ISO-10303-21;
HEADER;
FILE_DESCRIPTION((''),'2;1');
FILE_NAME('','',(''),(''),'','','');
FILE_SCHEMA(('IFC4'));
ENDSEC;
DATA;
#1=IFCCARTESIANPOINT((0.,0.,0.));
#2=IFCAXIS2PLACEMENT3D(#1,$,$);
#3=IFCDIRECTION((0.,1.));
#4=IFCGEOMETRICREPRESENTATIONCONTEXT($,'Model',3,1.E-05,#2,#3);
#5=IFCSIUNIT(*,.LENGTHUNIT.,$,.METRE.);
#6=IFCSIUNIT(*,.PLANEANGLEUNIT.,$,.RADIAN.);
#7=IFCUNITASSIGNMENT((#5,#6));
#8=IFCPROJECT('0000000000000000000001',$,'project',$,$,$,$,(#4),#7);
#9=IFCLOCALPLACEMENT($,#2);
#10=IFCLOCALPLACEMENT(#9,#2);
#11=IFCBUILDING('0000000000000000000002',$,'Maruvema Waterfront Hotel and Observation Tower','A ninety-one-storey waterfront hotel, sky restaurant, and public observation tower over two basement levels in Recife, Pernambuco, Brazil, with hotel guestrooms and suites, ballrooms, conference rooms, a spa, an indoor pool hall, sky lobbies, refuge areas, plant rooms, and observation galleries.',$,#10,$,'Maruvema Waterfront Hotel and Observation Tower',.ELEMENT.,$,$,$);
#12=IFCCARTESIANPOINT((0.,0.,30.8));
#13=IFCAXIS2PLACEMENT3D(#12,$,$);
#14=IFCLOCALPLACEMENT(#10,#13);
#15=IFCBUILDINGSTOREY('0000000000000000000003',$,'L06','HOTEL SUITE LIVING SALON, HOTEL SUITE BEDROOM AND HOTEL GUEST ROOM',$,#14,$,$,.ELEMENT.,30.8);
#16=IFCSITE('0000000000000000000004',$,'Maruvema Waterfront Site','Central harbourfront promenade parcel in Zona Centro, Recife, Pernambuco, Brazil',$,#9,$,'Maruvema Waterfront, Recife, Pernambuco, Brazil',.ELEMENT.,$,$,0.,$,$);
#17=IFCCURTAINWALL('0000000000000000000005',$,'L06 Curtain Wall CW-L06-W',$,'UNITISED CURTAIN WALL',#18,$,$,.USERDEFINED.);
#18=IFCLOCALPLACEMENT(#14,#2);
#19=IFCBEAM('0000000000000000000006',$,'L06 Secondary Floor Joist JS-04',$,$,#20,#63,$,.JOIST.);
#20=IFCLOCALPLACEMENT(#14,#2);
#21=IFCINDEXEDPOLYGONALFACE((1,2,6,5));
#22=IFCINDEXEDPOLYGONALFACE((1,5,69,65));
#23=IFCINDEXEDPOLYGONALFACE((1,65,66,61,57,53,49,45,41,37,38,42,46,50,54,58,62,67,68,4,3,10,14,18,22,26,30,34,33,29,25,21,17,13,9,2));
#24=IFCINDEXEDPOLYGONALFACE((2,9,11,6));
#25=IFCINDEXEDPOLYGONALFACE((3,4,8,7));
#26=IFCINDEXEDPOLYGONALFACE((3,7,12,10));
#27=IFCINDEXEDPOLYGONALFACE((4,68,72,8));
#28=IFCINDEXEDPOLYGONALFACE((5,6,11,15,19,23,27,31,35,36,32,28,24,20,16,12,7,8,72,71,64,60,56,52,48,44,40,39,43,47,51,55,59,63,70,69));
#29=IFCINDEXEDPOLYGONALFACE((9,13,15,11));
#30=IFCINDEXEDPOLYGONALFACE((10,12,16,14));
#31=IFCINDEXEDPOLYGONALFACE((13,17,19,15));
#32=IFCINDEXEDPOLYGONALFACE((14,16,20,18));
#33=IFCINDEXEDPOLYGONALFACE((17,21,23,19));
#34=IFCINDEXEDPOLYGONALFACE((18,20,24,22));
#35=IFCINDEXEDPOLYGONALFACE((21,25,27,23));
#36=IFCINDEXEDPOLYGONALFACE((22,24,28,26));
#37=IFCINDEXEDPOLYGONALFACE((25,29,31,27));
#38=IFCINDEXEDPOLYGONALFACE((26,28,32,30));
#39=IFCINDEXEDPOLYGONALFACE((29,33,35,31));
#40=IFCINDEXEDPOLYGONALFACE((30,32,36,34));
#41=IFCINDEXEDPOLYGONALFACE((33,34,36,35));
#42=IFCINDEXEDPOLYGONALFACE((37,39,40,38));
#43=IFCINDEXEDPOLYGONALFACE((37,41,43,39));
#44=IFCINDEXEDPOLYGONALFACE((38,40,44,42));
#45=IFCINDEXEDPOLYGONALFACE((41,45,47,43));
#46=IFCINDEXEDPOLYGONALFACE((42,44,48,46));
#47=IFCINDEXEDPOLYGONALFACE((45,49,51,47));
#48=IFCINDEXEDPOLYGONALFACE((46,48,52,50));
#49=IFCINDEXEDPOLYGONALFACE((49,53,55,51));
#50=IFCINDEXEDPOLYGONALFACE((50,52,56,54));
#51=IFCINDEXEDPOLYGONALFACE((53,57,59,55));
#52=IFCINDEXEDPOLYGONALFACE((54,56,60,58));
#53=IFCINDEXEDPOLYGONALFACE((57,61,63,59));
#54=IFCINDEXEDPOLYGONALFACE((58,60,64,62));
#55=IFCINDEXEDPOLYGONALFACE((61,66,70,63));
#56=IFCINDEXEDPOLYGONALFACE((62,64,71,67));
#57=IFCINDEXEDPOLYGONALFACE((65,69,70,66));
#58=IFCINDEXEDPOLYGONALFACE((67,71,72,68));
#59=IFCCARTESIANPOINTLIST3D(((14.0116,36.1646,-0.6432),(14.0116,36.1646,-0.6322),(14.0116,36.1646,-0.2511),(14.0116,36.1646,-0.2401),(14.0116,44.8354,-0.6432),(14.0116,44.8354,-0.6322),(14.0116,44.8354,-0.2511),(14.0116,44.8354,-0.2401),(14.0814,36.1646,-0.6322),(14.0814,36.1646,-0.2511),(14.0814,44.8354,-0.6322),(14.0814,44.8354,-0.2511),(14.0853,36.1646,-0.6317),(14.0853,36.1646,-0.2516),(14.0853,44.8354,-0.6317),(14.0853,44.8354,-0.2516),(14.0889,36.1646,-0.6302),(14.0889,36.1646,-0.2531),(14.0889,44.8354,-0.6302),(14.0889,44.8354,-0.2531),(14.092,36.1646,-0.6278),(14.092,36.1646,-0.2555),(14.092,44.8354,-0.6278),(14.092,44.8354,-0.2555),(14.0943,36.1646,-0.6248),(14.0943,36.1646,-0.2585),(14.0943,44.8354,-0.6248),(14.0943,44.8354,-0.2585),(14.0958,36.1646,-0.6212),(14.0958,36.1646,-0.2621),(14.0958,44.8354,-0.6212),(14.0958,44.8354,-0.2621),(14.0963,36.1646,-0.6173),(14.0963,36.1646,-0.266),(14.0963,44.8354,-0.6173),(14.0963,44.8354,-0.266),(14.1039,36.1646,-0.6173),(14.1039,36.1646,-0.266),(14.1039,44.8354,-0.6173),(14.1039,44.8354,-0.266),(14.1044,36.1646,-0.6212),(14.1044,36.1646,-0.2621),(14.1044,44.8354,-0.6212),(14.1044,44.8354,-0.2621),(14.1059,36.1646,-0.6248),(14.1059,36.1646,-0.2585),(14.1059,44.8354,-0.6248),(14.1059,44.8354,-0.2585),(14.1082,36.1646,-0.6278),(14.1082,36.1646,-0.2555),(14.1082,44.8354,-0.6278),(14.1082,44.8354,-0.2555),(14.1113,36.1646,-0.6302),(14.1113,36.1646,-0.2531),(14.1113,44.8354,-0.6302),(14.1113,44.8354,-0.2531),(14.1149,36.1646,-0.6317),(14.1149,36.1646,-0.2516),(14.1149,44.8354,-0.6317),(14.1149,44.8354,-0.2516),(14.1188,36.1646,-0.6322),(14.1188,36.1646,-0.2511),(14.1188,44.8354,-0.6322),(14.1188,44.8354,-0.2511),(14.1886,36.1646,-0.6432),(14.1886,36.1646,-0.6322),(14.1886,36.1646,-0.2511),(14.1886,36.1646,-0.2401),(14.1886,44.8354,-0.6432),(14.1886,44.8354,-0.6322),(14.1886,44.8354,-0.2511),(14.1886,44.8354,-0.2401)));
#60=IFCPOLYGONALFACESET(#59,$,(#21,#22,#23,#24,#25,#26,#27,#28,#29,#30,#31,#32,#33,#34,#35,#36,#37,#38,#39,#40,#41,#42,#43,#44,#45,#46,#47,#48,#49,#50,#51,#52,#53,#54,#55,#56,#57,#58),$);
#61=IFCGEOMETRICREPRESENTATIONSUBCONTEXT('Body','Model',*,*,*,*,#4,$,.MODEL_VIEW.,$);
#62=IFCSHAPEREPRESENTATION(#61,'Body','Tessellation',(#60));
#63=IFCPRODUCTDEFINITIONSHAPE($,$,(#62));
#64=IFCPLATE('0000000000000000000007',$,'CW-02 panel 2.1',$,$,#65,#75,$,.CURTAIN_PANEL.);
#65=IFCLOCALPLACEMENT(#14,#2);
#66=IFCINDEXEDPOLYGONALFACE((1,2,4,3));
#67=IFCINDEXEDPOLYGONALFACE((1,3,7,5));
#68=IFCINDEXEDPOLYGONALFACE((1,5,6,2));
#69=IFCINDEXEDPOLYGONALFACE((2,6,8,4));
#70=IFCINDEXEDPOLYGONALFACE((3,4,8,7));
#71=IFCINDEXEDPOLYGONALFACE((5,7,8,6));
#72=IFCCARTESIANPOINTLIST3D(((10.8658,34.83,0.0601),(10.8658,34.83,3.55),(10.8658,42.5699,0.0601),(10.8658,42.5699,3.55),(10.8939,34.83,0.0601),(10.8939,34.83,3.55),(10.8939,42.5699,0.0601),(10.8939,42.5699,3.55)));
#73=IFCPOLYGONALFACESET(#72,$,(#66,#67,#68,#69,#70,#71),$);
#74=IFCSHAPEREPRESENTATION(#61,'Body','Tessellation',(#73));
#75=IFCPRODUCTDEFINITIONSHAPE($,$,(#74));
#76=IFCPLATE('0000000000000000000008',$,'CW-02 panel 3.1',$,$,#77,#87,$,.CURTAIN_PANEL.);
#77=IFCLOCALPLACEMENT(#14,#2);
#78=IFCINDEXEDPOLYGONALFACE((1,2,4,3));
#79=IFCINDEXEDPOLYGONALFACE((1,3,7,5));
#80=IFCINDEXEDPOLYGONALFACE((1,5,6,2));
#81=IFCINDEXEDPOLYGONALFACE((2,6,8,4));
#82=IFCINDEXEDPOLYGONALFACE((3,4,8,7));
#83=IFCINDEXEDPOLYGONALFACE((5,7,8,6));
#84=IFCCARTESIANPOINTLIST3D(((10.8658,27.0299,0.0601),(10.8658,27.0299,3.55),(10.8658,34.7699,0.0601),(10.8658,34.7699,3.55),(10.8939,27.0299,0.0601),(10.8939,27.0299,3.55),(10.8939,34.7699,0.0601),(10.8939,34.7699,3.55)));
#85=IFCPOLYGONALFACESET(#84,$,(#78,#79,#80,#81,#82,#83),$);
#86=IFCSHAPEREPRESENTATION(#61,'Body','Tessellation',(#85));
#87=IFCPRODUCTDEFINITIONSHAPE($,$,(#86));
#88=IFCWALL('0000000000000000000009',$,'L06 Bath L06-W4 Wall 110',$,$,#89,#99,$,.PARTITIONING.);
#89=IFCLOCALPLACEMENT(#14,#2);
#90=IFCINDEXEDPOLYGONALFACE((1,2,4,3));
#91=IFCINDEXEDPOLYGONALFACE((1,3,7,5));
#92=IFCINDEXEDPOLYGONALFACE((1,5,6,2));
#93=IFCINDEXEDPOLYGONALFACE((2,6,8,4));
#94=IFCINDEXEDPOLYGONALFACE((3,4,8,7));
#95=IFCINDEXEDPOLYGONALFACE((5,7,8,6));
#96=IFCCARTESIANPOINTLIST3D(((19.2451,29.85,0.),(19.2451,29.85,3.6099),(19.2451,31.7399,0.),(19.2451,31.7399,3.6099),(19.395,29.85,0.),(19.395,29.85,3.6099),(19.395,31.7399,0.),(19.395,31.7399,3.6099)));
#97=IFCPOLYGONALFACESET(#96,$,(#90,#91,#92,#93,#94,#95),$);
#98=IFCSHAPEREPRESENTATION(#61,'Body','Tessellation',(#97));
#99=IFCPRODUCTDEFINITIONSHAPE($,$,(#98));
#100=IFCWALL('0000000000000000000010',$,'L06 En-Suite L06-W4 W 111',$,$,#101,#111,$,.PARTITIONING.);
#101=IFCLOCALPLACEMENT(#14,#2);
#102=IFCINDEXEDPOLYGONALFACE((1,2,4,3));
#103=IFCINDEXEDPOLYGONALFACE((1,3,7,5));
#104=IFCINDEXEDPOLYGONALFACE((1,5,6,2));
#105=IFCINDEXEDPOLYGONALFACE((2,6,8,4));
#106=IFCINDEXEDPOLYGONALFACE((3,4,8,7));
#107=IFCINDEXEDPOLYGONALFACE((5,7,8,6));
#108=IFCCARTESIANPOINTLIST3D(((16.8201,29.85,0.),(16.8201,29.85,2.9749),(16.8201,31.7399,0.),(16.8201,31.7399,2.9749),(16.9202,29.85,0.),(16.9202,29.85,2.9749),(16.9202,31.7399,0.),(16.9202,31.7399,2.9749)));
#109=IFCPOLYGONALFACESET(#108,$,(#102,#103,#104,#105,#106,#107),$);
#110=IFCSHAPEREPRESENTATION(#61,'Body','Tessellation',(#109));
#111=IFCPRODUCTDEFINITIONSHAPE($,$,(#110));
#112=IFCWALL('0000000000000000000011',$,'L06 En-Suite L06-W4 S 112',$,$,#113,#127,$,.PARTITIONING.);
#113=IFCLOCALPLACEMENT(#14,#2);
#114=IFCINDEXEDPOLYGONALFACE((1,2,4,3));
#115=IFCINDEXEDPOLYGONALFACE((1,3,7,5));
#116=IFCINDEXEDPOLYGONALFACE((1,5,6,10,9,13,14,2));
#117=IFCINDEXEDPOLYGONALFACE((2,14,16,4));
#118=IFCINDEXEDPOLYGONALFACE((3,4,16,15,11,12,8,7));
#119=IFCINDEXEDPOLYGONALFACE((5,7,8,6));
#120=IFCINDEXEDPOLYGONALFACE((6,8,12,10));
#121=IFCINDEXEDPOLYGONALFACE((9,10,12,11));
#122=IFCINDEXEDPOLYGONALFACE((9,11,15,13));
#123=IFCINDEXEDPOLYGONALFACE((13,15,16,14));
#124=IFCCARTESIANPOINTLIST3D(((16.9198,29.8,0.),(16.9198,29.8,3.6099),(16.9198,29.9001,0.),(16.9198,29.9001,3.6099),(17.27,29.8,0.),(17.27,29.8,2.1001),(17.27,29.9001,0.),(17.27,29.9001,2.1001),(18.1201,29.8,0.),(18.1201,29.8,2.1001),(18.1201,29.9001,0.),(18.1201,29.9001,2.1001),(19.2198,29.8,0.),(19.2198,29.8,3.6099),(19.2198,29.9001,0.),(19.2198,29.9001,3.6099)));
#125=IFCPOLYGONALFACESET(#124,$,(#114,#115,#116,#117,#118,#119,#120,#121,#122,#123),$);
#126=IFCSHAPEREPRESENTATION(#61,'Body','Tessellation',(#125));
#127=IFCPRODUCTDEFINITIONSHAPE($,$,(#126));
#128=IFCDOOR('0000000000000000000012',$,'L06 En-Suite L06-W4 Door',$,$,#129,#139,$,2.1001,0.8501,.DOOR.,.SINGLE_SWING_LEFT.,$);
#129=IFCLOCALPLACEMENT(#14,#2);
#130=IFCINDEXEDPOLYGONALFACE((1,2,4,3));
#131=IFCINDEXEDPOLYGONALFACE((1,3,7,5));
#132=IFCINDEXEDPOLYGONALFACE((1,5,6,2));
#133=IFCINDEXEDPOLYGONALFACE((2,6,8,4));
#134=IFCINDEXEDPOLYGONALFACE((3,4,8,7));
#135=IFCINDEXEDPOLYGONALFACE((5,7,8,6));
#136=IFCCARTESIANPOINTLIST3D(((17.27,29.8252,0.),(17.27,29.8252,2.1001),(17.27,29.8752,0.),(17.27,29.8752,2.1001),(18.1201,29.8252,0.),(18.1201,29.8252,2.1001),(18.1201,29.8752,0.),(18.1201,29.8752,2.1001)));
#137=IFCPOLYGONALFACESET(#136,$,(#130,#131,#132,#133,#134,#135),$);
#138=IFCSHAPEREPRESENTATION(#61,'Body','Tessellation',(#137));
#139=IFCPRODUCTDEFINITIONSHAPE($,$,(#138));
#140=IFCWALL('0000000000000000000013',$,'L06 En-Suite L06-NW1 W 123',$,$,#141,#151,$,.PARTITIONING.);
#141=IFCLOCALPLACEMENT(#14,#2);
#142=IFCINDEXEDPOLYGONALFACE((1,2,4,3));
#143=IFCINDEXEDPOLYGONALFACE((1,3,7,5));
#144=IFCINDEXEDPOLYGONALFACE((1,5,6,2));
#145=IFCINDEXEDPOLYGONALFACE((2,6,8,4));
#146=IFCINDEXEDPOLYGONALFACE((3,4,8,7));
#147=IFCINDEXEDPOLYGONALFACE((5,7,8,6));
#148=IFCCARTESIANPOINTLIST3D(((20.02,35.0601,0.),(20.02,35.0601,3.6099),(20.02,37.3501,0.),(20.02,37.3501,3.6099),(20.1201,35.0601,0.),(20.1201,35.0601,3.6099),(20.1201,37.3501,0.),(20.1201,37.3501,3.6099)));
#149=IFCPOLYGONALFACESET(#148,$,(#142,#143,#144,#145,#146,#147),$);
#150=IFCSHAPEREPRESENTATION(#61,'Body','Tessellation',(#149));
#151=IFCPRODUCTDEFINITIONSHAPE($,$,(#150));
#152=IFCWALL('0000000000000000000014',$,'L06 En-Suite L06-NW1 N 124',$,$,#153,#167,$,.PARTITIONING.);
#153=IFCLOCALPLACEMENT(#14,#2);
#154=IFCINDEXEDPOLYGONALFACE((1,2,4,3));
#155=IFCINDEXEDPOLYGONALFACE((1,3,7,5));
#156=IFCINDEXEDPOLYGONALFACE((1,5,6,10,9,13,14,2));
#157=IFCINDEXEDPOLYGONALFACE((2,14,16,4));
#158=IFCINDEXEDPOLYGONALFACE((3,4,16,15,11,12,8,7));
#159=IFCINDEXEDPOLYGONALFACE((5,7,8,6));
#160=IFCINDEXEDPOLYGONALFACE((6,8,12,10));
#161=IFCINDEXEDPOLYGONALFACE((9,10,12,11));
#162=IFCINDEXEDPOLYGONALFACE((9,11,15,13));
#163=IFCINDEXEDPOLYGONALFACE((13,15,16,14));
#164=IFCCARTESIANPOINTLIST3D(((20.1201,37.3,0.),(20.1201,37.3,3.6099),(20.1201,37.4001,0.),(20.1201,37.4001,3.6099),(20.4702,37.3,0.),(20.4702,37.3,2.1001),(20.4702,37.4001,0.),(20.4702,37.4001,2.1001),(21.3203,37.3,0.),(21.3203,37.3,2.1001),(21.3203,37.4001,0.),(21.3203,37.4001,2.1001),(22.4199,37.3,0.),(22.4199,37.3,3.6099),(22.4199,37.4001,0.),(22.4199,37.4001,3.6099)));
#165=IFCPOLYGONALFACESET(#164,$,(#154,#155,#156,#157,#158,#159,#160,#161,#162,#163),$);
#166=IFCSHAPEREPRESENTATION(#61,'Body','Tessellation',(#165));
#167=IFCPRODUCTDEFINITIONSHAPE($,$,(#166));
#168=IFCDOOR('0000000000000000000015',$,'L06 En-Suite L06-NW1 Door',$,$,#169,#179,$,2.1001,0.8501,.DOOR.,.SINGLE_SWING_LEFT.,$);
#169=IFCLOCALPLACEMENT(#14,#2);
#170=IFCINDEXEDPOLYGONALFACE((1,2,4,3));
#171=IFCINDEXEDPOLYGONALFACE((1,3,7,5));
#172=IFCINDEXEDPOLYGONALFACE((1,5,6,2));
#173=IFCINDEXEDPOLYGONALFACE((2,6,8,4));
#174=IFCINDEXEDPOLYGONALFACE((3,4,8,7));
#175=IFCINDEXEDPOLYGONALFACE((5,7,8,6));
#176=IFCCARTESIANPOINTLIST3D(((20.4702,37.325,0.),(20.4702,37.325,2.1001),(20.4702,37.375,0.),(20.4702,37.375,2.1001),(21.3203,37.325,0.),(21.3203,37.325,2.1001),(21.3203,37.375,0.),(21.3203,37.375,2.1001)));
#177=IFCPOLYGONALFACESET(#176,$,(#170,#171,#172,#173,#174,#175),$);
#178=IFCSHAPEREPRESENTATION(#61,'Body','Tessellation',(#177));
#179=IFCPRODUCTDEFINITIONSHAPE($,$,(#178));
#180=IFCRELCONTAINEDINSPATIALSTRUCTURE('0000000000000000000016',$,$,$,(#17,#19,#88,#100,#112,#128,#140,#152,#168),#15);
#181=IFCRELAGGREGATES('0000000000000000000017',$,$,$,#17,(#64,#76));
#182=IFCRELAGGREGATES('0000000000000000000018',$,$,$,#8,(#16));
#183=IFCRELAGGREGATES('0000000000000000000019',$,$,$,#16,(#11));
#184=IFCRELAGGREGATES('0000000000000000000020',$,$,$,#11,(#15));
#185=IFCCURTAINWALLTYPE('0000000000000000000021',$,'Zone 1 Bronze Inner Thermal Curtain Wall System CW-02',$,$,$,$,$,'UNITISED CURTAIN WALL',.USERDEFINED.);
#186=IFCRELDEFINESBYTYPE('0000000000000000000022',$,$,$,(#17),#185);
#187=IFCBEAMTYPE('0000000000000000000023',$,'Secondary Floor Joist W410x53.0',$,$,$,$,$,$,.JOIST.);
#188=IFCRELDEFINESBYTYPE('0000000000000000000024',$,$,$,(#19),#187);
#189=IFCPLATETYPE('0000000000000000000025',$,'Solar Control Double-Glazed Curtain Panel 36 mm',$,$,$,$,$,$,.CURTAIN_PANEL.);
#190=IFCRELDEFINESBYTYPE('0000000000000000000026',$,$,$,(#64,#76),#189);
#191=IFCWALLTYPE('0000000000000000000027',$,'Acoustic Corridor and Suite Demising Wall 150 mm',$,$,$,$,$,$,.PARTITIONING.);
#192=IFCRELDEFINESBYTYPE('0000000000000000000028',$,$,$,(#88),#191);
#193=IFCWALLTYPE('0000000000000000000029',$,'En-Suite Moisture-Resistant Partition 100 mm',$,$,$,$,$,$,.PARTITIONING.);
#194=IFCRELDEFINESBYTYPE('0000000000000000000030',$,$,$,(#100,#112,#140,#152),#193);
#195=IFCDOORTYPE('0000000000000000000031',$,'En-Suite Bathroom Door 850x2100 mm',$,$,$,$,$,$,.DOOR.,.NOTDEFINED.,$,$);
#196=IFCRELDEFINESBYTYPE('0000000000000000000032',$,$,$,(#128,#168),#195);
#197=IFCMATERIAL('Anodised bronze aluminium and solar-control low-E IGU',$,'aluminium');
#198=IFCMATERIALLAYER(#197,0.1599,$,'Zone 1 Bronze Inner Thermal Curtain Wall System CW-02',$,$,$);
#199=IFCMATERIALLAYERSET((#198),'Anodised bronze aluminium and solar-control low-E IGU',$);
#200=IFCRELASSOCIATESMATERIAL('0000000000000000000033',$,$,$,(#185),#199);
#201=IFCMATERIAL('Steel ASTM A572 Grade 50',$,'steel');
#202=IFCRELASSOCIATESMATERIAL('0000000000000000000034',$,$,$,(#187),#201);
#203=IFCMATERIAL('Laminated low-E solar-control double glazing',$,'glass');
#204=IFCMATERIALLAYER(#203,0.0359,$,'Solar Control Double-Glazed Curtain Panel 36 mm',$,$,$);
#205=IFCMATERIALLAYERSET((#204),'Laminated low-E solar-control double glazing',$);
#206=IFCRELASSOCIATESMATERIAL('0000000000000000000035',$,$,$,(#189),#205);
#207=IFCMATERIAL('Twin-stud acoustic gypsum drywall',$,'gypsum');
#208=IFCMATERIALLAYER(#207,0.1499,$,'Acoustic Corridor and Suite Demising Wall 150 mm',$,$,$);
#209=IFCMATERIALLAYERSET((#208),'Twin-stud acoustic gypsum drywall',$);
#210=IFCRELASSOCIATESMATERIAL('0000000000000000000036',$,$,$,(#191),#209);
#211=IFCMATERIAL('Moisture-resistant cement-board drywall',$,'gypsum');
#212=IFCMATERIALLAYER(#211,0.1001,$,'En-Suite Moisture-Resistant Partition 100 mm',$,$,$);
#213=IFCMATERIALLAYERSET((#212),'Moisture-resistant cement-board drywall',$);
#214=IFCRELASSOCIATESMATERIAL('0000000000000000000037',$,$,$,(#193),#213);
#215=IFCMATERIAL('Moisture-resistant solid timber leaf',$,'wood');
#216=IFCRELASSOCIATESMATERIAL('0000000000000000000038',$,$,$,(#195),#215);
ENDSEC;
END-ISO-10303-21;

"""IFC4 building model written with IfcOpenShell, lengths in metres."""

from ifc_helpers import new_model, si_unit, direction, frame, frame_2d, origin, origin_2d, place, context, subcontext, project, spatial, rectangle, i_section, extrude, material, layer, layer_set, material_profile, profile_set, type_object, element, fill, aggregate, save


model = new_model("IFC4")

# Units and contexts
model_context = context("Model", 3, precision=1e-05, world=origin(), true_north=direction((0.0, 1.0)))
body_context = subcontext(model_context, "Body", "Model", "MODEL_VIEW")
ifc_project = project(units=[si_unit("LENGTHUNIT", "METRE"), si_unit("PLANEANGLEUNIT", "RADIAN")], contexts=[model_context])

# Site, building, storey
site_placement = place(None, origin())
site = spatial("IfcSite", under=ifc_project, at=site_placement, Name="Maruvema Waterfront Site", Description="Central harbourfront promenade parcel in Zona Centro, Recife, Pernambuco, Brazil", LongName="Maruvema Waterfront, Recife, Pernambuco, Brazil", CompositionType="ELEMENT", RefElevation=0.0)
building_placement = place(site_placement, origin())
building = spatial("IfcBuilding", under=site, at=building_placement, Name="Maruvema Waterfront Hotel and Observation Tower", Description="A ninety-one-storey waterfront hotel, sky restaurant, and public observation tower over two basement levels in Recife, Pernambuco, Brazil, with hotel guestrooms and suites, ballrooms, conference rooms, a spa, an indoor pool hall, sky lobbies, refuge areas, plant rooms, and observation galleries.", LongName="Maruvema Waterfront Hotel and Observation Tower", CompositionType="ELEMENT")
storey_placement = place(building_placement, frame((0.0, 0.0, 30.8)))
storey = spatial("IfcBuildingStorey", under=building, at=storey_placement, Name="L06", Description="HOTEL SUITE LIVING SALON, HOTEL SUITE BEDROOM AND HOTEL GUEST ROOM", CompositionType="ELEMENT", Elevation=30.8)

# Curtain wall
ifc_material_1 = material(Name="Anodised bronze aluminium and solar-control low-E IGU", Category="aluminium")
ifc_layer_1 = layer(ifc_material_1, 0.1599, Name="Zone 1 Bronze Inner Thermal Curtain Wall System CW-02")
ifc_layer_set_1 = layer_set([ifc_layer_1], Name="Anodised bronze aluminium and solar-control low-E IGU")
curtain_wall_type = type_object("IfcCurtainWallType", Name="Zone 1 Bronze Inner Thermal Curtain Wall System CW-02", ElementType="UNITISED CURTAIN WALL", PredefinedType="USERDEFINED", material=ifc_layer_set_1)
curtain_wall_placement = place(storey_placement, origin())
curtain_wall = element("IfcCurtainWall", 1, at=curtain_wall_placement, inside=storey, type_object=curtain_wall_type, Name="L06 Curtain Wall CW-L06-W", ObjectType="UNITISED CURTAIN WALL", PredefinedType="USERDEFINED")

# Beam
ifc_material_2 = material(Name="Steel ASTM A572 Grade 50", Category="steel")
ifc_material_profile_1 = material_profile(ifc_material_2, i_section(OverallWidth=0.177, OverallDepth=0.4031, WebThickness=0.0076, FlangeThickness=0.011, FilletRadius=0.0149, at=origin_2d()), Name="W410x53.0")
ifc_profile_set_1 = profile_set([ifc_material_profile_1], Name="Steel ASTM A572 Grade 50")
beam_type_1 = type_object("IfcBeamType", Name="Secondary Floor Joist W410x53.0", PredefinedType="JOIST", material=ifc_profile_set_1)
beam_1_placement = place(storey_placement, frame((14.1001, 36.1646, -0.4417), z_axis=(0.0, 1.0, 0.0), x_axis=(-1.0, 0.0, 0.0)))
element("IfcBeam", 2, at=beam_1_placement, inside=storey, type_object=beam_type_1, Name="L06 Secondary Floor Joist JS-04", PredefinedType="JOIST", context=body_context, shape_type="SweptSolid", body=[
    extrude(i_section(OverallWidth=0.177, OverallDepth=0.4031, WebThickness=0.0076, FlangeThickness=0.011, FilletRadius=0.0149, at=origin_2d()), origin(), (0.0, 0.0, 1.0), 8.6709),
])

# Plates
ifc_material_3 = material(Name="Laminated low-E solar-control double glazing", Category="glass")
ifc_layer_2 = layer(ifc_material_3, 0.0359, Name="Solar Control Double-Glazed Curtain Panel 36 mm")
ifc_layer_set_2 = layer_set([ifc_layer_2], Name="Laminated low-E solar-control double glazing")
plate_type = type_object("IfcPlateType", Name="Solar Control Double-Glazed Curtain Panel 36 mm", PredefinedType="CURTAIN_PANEL", material=ifc_layer_set_2)
plate_1_placement = place(storey_placement, frame((10.8799, 38.7, 0.0601), z_axis=(0.0, 0.0, 1.0), x_axis=(0.0, -1.0, 0.0)))
plate_1 = element("IfcPlate", 3, at=plate_1_placement, type_object=plate_type, Name="CW-02 panel 2.1", PredefinedType="CURTAIN_PANEL", context=body_context, shape_type="SweptSolid", body=[
    extrude(rectangle(XDim=7.74, YDim=0.0281, at=origin_2d()), origin(), (0.0, 0.0, 1.0), 3.49),
])
plate_2_placement = place(storey_placement, frame((10.8799, 30.8999, 0.0601), z_axis=(0.0, 0.0, 1.0), x_axis=(0.0, -1.0, 0.0)))
plate_2 = element("IfcPlate", 4, at=plate_2_placement, type_object=plate_type, Name="CW-02 panel 3.1", PredefinedType="CURTAIN_PANEL", context=body_context, shape_type="SweptSolid", body=[
    extrude(rectangle(XDim=7.74, YDim=0.0281, at=origin_2d()), origin(), (0.0, 0.0, 1.0), 3.49),
])
aggregate(curtain_wall, [plate_1, plate_2])

# Shared definitions
ifc_material_4 = material(Name="Twin-stud acoustic gypsum drywall", Category="gypsum")
ifc_layer_3 = layer(ifc_material_4, 0.1499, Name="Acoustic Corridor and Suite Demising Wall 150 mm")
ifc_layer_set_3 = layer_set([ifc_layer_3], Name="Twin-stud acoustic gypsum drywall")
wall_type_1 = type_object("IfcWallType", Name="Acoustic Corridor and Suite Demising Wall 150 mm", PredefinedType="PARTITIONING", material=ifc_layer_set_3)

# Walls
wall_1_placement = place(storey_placement, frame((19.3201, 29.8501, 0.0), z_axis=(0.0, 0.0, 1.0), x_axis=(0.0, 1.0, 0.0)))
element("IfcWall", 5, at=wall_1_placement, inside=storey, type_object=wall_type_1, Name="L06 Bath L06-W4 Wall 110", PredefinedType="PARTITIONING", context=body_context, shape_type="SweptSolid", body=[
    extrude(rectangle(XDim=1.8899, YDim=0.1499, at=frame_2d((0.9448, 0.0))), origin(), (0.0, 0.0, 1.0), 3.6099),
])
ifc_material_5 = material(Name="Moisture-resistant cement-board drywall", Category="gypsum")
ifc_layer_4 = layer(ifc_material_5, 0.1001, Name="En-Suite Moisture-Resistant Partition 100 mm")
ifc_layer_set_4 = layer_set([ifc_layer_4], Name="Moisture-resistant cement-board drywall")
wall_type_2 = type_object("IfcWallType", Name="En-Suite Moisture-Resistant Partition 100 mm", PredefinedType="PARTITIONING", material=ifc_layer_set_4)
wall_2_placement = place(storey_placement, frame((16.8701, 29.8501, 0.0), z_axis=(0.0, 0.0, 1.0), x_axis=(0.0, 1.0, 0.0)))
element("IfcWall", 6, at=wall_2_placement, inside=storey, type_object=wall_type_2, Name="L06 En-Suite L06-W4 W 111", PredefinedType="PARTITIONING", context=body_context, shape_type="SweptSolid", body=[
    extrude(rectangle(XDim=1.8899, YDim=0.1001, at=frame_2d((0.9448, 0.0))), origin(), (0.0, 0.0, 1.0), 2.9749),
])

# Wall, opening, door
wall_3_placement = place(storey_placement, frame((16.9199, 29.8501, 0.0), z_axis=(0.0, 0.0, 1.0), x_axis=(1.0, 0.0, 0.0)))
wall_3 = element("IfcWall", 7, at=wall_3_placement, inside=storey, type_object=wall_type_2, Name="L06 En-Suite L06-W4 S 112", PredefinedType="PARTITIONING", context=body_context, shape_type="SweptSolid", body=[
    extrude(rectangle(XDim=2.3, YDim=0.1001, at=frame_2d((1.1499, 0.0))), origin(), (0.0, 0.0, 1.0), 3.6099),
])
opening_1_placement = place(wall_3_placement, frame((0.3501, 0.0, 0.0)))
opening_1 = element("IfcOpeningElement", 8, at=opening_1_placement, cuts=wall_3, PredefinedType="OPENING", context=body_context, shape_type="SweptSolid", body=[
    extrude(rectangle(XDim=0.8501, YDim=2.1001, at=frame_2d((0.425, 1.05))), frame((0.0, 0.0601, 0.0), z_axis=(0.0, -1.0, 0.0), x_axis=(1.0, 0.0, 0.0)), (0.0, 0.0, 1.0), 0.1201),
])
ifc_material_6 = material(Name="Moisture-resistant solid timber leaf", Category="wood")
door_type_1 = type_object("IfcDoorType", Name="En-Suite Bathroom Door 850x2100 mm", OperationType="NOTDEFINED", PredefinedType="DOOR", material=ifc_material_6)
door_1_placement = place(opening_1_placement, frame((0.8501, 0.0, 0.0), z_axis=(0.0, 0.0, 1.0), x_axis=(-1.0, 0.0, 0.0)))
door_1 = element("IfcDoor", 9, at=door_1_placement, inside=storey, type_object=door_type_1, Name="L06 En-Suite L06-W4 Door", OperationType="SINGLE_SWING_LEFT", OverallHeight=2.1001, OverallWidth=0.8501, PredefinedType="DOOR", context=body_context, shape_type="SweptSolid", body=[
    extrude(rectangle(XDim=0.8501, YDim=2.1001, at=frame_2d((0.425, 1.05))), frame((0.0, 0.0249, 0.0), z_axis=(0.0, -1.0, 0.0), x_axis=(1.0, 0.0, 0.0)), (0.0, 0.0, 1.0), 0.05),
])
fill(opening_1, door_1)

# Wall
wall_4_placement = place(storey_placement, frame((20.0701, 35.0601, 0.0), z_axis=(0.0, 0.0, 1.0), x_axis=(0.0, 1.0, 0.0)))
element("IfcWall", 10, at=wall_4_placement, inside=storey, type_object=wall_type_2, Name="L06 En-Suite L06-NW1 W 123", PredefinedType="PARTITIONING", context=body_context, shape_type="SweptSolid", body=[
    extrude(rectangle(XDim=2.29, YDim=0.1001, at=frame_2d((1.145, 0.0))), origin(), (0.0, 0.0, 1.0), 3.6099),
])

# Wall, opening, door
wall_5_placement = place(storey_placement, frame((20.1201, 37.3501, 0.0), z_axis=(0.0, 0.0, 1.0), x_axis=(1.0, 0.0, 0.0)))
wall_5 = element("IfcWall", 11, at=wall_5_placement, inside=storey, type_object=wall_type_2, Name="L06 En-Suite L06-NW1 N 124", PredefinedType="PARTITIONING", context=body_context, shape_type="SweptSolid", body=[
    extrude(rectangle(XDim=2.2998, YDim=0.1001, at=frame_2d((1.1499, 0.0))), origin(), (0.0, 0.0, 1.0), 3.6099),
])
opening_2_placement = place(wall_5_placement, frame((0.3501, 0.0, 0.0)))
opening_2 = element("IfcOpeningElement", 12, at=opening_2_placement, cuts=wall_5, PredefinedType="OPENING", context=body_context, shape_type="SweptSolid", body=[
    extrude(rectangle(XDim=0.8501, YDim=2.1001, at=frame_2d((0.425, 1.05))), frame((0.0, 0.0601, 0.0), z_axis=(0.0, -1.0, 0.0), x_axis=(1.0, 0.0, 0.0)), (0.0, 0.0, 1.0), 0.1201),
])
door_2_placement = place(opening_2_placement, origin())
door_2 = element("IfcDoor", 13, at=door_2_placement, inside=storey, type_object=door_type_1, Name="L06 En-Suite L06-NW1 Door", OperationType="SINGLE_SWING_LEFT", OverallHeight=2.1001, OverallWidth=0.8501, PredefinedType="DOOR", context=body_context, shape_type="SweptSolid", body=[
    extrude(rectangle(XDim=0.8501, YDim=2.1001, at=frame_2d((0.425, 1.05))), frame((0.0, 0.0249, 0.0), z_axis=(0.0, -1.0, 0.0), x_axis=(1.0, 0.0, 0.0)), (0.0, 0.0, 1.0), 0.05),
])
fill(opening_2, door_2)

save(model, "model.ifc")
